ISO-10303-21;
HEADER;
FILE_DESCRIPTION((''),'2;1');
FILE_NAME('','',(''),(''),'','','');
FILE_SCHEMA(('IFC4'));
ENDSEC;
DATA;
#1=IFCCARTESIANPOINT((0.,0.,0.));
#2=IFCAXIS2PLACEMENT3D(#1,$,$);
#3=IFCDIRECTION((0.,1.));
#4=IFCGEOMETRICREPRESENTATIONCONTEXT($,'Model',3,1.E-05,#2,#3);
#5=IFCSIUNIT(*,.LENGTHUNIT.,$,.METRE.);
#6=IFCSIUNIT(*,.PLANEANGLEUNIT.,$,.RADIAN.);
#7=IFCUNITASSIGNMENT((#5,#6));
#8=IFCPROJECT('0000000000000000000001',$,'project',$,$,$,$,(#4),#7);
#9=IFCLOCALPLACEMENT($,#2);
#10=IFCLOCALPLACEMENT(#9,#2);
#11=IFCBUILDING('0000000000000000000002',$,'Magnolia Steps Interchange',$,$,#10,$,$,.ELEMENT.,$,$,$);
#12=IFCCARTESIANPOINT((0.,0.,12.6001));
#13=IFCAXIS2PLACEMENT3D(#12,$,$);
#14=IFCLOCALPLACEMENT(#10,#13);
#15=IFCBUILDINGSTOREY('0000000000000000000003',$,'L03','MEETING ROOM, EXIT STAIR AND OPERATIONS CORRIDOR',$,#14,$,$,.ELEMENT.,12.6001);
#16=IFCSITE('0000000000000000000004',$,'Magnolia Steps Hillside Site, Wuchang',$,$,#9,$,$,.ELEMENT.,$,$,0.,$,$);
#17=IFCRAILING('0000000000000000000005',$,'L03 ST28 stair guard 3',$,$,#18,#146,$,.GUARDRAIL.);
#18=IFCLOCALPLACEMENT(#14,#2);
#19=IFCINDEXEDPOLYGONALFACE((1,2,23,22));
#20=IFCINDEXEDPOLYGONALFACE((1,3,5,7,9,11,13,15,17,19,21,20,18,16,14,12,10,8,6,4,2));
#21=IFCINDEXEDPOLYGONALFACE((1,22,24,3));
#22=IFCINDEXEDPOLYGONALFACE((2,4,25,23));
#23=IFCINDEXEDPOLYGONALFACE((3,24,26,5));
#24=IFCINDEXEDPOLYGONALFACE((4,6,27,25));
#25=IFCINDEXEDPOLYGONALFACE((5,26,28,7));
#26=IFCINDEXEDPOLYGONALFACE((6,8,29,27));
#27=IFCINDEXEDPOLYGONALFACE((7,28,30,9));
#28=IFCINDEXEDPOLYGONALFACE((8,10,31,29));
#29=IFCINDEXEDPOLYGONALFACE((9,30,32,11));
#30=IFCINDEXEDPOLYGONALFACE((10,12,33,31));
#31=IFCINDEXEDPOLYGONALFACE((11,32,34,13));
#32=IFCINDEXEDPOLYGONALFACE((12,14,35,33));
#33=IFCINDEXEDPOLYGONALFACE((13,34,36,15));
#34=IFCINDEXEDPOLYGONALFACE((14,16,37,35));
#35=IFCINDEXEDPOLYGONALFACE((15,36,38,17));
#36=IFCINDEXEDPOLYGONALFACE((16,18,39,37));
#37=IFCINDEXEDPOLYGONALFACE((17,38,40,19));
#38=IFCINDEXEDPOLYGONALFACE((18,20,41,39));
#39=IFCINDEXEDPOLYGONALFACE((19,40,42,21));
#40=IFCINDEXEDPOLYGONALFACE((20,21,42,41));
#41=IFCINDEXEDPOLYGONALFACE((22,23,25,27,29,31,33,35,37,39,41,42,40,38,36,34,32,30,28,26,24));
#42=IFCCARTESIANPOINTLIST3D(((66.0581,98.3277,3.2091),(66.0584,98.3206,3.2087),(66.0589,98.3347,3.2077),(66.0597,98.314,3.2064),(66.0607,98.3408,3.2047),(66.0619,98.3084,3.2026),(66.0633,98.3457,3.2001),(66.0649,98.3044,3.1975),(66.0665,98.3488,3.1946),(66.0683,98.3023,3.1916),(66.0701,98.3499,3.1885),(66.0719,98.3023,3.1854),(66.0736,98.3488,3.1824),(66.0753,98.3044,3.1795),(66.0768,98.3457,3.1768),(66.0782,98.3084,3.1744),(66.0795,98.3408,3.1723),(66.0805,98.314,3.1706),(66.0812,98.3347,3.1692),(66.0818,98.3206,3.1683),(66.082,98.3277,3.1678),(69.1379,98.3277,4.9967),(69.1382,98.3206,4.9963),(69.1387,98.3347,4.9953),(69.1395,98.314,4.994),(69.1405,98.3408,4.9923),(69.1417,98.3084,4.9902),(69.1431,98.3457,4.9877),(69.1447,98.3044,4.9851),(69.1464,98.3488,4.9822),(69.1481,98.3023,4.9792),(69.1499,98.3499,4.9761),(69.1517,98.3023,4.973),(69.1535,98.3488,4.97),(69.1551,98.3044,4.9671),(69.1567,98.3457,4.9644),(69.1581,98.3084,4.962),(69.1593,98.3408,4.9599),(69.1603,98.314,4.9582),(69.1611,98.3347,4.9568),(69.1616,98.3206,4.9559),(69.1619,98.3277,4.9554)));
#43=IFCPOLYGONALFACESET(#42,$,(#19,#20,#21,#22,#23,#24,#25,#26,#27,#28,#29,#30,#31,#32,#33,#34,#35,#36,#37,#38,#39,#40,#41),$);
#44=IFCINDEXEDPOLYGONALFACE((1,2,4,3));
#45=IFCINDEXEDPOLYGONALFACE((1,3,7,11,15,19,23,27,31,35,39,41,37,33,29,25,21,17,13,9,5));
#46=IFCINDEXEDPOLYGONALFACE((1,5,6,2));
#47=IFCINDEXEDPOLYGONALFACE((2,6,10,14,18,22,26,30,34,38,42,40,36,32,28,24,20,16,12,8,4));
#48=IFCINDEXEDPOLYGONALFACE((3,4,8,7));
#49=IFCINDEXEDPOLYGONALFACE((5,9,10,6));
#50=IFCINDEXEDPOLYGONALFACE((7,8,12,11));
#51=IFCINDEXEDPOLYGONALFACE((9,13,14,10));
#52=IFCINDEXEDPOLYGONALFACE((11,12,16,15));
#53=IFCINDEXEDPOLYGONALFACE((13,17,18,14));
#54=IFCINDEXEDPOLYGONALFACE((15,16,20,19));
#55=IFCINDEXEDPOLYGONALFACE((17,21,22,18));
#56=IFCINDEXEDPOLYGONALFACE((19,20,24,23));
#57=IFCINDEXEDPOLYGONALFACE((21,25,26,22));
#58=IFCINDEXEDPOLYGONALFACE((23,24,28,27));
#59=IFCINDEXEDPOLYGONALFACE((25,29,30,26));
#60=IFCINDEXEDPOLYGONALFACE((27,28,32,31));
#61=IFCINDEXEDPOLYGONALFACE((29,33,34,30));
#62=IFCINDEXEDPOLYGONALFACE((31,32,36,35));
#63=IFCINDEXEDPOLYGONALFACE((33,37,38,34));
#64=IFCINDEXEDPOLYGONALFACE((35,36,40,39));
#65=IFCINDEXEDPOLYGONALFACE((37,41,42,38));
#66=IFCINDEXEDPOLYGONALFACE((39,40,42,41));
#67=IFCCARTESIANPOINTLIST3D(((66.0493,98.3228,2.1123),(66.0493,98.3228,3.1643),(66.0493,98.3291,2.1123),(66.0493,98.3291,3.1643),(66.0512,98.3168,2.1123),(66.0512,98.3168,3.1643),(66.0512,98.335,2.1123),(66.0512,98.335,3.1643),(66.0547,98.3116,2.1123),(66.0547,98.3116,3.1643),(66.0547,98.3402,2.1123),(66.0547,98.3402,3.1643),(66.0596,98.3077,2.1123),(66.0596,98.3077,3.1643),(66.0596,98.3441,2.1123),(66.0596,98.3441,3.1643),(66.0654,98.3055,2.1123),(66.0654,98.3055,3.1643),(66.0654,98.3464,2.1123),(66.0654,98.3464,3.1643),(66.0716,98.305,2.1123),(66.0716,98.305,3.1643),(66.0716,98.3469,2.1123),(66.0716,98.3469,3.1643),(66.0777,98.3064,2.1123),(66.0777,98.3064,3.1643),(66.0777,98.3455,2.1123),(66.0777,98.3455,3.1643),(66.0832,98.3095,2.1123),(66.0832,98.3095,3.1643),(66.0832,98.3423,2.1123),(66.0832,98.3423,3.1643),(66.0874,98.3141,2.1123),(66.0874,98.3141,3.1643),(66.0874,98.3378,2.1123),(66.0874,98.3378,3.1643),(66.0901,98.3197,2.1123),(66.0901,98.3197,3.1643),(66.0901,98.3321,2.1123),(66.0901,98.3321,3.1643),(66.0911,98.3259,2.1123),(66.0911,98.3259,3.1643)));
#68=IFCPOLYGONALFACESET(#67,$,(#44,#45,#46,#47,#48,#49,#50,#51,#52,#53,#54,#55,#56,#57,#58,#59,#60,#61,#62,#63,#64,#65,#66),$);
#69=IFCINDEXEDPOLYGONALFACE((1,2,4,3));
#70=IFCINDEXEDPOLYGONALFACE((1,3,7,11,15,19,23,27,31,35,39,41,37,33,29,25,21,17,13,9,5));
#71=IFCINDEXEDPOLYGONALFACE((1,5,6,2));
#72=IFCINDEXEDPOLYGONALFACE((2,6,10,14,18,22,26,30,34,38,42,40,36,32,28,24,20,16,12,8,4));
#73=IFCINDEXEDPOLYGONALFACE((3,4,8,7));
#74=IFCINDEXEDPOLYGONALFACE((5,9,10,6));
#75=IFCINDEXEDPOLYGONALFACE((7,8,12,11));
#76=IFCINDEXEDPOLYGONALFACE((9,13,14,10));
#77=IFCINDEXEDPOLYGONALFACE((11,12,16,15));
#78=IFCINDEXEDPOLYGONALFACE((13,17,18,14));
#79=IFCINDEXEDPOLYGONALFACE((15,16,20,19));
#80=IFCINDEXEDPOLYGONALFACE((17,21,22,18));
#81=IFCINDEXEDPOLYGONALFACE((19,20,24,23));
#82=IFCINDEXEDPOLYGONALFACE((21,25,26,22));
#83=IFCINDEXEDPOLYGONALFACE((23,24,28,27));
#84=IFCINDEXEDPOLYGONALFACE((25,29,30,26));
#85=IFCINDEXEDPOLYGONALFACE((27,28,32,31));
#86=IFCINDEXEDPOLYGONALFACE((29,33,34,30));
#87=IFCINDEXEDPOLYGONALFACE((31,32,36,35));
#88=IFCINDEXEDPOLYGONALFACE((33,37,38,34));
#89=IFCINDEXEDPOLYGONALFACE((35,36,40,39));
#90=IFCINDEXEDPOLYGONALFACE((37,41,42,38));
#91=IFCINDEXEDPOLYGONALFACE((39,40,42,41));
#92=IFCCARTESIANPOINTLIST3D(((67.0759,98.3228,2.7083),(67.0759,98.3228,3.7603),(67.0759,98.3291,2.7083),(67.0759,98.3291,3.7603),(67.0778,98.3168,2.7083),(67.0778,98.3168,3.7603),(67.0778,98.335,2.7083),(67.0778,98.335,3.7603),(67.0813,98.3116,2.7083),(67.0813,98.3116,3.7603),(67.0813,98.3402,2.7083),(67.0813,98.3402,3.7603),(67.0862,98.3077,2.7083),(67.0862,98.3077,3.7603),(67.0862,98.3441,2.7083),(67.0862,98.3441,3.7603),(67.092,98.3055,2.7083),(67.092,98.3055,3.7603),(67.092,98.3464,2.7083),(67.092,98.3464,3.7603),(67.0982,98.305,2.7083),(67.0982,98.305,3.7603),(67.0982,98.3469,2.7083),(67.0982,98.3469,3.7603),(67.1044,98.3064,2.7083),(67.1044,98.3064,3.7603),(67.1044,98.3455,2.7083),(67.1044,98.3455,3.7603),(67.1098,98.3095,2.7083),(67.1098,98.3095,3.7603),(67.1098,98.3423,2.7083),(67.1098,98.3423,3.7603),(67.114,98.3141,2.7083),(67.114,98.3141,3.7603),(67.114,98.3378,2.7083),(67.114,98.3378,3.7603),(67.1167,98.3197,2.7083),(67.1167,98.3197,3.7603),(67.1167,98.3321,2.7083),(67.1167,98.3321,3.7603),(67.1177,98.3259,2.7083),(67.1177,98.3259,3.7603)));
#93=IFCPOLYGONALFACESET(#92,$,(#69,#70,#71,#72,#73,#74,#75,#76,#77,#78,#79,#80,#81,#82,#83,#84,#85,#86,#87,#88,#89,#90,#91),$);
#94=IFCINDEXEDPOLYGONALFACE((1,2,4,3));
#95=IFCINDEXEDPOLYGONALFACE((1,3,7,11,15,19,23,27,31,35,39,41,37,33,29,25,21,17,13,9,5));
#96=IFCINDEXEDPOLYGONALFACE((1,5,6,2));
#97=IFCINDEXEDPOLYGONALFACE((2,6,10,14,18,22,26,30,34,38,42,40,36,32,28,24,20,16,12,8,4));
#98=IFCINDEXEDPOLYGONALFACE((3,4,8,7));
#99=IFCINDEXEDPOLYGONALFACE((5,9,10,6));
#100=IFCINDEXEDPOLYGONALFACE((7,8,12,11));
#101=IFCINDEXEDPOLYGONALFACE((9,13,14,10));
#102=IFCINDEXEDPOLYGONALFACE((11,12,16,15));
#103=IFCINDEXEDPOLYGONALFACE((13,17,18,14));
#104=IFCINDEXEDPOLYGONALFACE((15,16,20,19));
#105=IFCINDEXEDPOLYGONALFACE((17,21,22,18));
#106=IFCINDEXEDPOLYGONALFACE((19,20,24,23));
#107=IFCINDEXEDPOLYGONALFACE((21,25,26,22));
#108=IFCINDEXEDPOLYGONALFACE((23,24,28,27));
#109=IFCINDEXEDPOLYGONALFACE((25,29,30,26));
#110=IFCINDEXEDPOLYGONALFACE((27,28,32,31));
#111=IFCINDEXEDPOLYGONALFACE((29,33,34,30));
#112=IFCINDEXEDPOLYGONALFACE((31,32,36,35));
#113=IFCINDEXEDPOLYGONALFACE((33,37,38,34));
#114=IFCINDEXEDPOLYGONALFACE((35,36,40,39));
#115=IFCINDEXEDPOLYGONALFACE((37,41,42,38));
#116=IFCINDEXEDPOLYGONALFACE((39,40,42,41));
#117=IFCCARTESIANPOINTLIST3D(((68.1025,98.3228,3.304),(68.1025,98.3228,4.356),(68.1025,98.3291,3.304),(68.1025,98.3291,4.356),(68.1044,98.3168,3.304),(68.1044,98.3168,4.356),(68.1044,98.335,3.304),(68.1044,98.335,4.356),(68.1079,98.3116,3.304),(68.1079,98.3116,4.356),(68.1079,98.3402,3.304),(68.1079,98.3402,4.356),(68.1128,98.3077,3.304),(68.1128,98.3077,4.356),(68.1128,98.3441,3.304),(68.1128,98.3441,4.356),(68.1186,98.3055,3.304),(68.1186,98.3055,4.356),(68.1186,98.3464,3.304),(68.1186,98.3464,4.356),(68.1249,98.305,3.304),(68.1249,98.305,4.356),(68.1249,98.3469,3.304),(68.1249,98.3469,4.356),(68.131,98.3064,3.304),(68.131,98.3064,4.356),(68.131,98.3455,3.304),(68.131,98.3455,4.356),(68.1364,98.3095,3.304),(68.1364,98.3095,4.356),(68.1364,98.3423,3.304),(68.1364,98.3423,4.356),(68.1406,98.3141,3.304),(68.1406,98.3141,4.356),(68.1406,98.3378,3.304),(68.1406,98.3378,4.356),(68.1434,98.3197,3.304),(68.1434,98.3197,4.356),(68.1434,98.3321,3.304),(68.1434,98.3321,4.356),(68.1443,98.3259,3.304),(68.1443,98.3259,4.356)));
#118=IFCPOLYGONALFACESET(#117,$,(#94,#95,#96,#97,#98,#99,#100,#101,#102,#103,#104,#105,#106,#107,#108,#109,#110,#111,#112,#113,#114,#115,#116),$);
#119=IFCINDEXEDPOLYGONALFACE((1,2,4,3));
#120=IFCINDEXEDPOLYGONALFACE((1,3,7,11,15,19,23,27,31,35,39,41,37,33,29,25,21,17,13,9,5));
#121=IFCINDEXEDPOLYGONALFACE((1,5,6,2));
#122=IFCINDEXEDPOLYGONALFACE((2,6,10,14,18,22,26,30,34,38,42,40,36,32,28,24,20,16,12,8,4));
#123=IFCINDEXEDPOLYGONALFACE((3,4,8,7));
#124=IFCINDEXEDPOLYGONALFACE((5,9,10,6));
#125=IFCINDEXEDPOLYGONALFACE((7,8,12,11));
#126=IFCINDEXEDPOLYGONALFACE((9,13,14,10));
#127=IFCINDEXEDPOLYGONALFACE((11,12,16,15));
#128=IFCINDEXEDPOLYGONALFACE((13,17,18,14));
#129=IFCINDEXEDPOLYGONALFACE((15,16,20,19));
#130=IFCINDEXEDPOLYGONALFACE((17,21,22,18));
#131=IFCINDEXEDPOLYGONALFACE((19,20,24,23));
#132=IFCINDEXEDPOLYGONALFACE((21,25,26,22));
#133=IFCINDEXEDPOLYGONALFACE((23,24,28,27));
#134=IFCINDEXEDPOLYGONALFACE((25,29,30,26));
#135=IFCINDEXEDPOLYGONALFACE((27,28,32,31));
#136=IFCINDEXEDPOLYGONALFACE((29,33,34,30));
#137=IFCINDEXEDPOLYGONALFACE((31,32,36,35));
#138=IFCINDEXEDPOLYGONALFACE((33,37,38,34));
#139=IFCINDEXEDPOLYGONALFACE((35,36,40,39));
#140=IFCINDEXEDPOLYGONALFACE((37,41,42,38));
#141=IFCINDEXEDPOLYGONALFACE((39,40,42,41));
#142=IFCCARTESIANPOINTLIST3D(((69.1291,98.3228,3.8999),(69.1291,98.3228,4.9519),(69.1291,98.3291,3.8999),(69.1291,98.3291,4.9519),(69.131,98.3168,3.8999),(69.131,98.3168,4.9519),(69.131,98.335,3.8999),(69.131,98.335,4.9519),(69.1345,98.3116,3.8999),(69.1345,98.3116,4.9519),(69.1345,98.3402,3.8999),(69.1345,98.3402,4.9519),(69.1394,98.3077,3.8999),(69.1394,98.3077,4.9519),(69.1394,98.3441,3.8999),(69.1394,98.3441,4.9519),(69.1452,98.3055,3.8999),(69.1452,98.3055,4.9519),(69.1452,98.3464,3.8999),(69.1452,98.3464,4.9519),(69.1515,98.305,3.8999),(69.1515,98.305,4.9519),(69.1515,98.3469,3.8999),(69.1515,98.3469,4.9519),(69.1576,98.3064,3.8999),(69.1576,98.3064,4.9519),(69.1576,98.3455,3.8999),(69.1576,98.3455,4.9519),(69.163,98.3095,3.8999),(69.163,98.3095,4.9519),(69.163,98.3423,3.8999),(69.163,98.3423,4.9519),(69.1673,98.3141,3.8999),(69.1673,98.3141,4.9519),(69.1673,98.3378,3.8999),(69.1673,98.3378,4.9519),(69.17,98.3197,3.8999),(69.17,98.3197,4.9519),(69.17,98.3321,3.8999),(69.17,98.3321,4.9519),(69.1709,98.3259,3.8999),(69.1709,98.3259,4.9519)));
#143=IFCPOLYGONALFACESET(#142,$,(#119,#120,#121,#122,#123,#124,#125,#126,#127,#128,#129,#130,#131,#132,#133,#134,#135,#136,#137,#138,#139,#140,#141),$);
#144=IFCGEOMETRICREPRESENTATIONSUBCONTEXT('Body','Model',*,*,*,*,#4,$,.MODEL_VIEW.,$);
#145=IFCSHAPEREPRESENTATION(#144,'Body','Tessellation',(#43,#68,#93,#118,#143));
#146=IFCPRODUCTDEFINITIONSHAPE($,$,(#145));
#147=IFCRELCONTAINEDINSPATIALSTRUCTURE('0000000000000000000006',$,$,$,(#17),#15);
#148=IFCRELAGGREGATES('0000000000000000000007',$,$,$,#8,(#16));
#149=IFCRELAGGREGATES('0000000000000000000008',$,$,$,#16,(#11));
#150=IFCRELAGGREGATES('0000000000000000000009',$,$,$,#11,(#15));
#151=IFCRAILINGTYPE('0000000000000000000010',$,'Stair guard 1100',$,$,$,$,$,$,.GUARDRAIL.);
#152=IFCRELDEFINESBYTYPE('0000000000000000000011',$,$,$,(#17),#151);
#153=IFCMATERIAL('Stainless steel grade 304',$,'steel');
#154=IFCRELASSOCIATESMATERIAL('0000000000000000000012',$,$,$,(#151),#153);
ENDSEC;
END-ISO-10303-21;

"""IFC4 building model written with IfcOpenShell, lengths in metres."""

from ifc_helpers import new_model, si_unit, direction, frame, origin, origin_2d, place, context, subcontext, project, spatial, circle, extrude, material, type_object, element, save


model = new_model("IFC4")

# Units and contexts
model_context = context("Model", 3, precision=1e-05, world=origin(), true_north=direction((0.0, 1.0)))
body_context = subcontext(model_context, "Body", "Model", "MODEL_VIEW")
ifc_project = project(units=[si_unit("LENGTHUNIT", "METRE"), si_unit("PLANEANGLEUNIT", "RADIAN")], contexts=[model_context])

# Site, building, storey
site_placement = place(None, origin())
site = spatial("IfcSite", under=ifc_project, at=site_placement, Name="Magnolia Steps Hillside Site, Wuchang", CompositionType="ELEMENT", RefElevation=0.0)
building_placement = place(site_placement, origin())
building = spatial("IfcBuilding", under=site, at=building_placement, Name="Magnolia Steps Interchange", CompositionType="ELEMENT")
storey_placement = place(building_placement, frame((0.0, 0.0, 12.6001)))
storey = spatial("IfcBuildingStorey", under=building, at=storey_placement, Name="L03", Description="MEETING ROOM, EXIT STAIR AND OPERATIONS CORRIDOR", CompositionType="ELEMENT", Elevation=12.6001)

# Railing
ifc_material_1 = material(Name="Stainless steel grade 304", Category="steel")
railing_type_1 = type_object("IfcRailingType", Name="Stair guard 1100", PredefinedType="GUARDRAIL", material=ifc_material_1)
railing_1_placement = place(storey_placement, frame((66.0701, 98.3259, 2.1123)))
element("IfcRailing", 1, at=railing_1_placement, inside=storey, type_object=railing_type_1, Name="L03 ST28 stair guard 3", PredefinedType="GUARDRAIL", context=body_context, shape_type="SweptSolid", body=[
    extrude(circle(Radius=0.0239, at=origin_2d()), frame((0.0, 0.0, 1.0762), z_axis=(0.864873, 0.0, 0.50199), x_axis=(0.0, 1.0, 0.0)), (0.0, 0.0, 1.0), 3.561),
    extrude(circle(Radius=0.021, at=origin_2d()), origin(), (0.0, 0.0, 1.0), 1.052),
    extrude(circle(Radius=0.021, at=origin_2d()), frame((1.0266, 0.0, 0.5959)), (0.0, 0.0, 1.0), 1.052),
    extrude(circle(Radius=0.021, at=origin_2d()), frame((2.0532, 0.0, 1.1917)), (0.0, 0.0, 1.0), 1.052),
    extrude(circle(Radius=0.021, at=origin_2d()), frame((3.0798, 0.0, 1.7876)), (0.0, 0.0, 1.0), 1.052),
])

save(model, "model.ifc")
